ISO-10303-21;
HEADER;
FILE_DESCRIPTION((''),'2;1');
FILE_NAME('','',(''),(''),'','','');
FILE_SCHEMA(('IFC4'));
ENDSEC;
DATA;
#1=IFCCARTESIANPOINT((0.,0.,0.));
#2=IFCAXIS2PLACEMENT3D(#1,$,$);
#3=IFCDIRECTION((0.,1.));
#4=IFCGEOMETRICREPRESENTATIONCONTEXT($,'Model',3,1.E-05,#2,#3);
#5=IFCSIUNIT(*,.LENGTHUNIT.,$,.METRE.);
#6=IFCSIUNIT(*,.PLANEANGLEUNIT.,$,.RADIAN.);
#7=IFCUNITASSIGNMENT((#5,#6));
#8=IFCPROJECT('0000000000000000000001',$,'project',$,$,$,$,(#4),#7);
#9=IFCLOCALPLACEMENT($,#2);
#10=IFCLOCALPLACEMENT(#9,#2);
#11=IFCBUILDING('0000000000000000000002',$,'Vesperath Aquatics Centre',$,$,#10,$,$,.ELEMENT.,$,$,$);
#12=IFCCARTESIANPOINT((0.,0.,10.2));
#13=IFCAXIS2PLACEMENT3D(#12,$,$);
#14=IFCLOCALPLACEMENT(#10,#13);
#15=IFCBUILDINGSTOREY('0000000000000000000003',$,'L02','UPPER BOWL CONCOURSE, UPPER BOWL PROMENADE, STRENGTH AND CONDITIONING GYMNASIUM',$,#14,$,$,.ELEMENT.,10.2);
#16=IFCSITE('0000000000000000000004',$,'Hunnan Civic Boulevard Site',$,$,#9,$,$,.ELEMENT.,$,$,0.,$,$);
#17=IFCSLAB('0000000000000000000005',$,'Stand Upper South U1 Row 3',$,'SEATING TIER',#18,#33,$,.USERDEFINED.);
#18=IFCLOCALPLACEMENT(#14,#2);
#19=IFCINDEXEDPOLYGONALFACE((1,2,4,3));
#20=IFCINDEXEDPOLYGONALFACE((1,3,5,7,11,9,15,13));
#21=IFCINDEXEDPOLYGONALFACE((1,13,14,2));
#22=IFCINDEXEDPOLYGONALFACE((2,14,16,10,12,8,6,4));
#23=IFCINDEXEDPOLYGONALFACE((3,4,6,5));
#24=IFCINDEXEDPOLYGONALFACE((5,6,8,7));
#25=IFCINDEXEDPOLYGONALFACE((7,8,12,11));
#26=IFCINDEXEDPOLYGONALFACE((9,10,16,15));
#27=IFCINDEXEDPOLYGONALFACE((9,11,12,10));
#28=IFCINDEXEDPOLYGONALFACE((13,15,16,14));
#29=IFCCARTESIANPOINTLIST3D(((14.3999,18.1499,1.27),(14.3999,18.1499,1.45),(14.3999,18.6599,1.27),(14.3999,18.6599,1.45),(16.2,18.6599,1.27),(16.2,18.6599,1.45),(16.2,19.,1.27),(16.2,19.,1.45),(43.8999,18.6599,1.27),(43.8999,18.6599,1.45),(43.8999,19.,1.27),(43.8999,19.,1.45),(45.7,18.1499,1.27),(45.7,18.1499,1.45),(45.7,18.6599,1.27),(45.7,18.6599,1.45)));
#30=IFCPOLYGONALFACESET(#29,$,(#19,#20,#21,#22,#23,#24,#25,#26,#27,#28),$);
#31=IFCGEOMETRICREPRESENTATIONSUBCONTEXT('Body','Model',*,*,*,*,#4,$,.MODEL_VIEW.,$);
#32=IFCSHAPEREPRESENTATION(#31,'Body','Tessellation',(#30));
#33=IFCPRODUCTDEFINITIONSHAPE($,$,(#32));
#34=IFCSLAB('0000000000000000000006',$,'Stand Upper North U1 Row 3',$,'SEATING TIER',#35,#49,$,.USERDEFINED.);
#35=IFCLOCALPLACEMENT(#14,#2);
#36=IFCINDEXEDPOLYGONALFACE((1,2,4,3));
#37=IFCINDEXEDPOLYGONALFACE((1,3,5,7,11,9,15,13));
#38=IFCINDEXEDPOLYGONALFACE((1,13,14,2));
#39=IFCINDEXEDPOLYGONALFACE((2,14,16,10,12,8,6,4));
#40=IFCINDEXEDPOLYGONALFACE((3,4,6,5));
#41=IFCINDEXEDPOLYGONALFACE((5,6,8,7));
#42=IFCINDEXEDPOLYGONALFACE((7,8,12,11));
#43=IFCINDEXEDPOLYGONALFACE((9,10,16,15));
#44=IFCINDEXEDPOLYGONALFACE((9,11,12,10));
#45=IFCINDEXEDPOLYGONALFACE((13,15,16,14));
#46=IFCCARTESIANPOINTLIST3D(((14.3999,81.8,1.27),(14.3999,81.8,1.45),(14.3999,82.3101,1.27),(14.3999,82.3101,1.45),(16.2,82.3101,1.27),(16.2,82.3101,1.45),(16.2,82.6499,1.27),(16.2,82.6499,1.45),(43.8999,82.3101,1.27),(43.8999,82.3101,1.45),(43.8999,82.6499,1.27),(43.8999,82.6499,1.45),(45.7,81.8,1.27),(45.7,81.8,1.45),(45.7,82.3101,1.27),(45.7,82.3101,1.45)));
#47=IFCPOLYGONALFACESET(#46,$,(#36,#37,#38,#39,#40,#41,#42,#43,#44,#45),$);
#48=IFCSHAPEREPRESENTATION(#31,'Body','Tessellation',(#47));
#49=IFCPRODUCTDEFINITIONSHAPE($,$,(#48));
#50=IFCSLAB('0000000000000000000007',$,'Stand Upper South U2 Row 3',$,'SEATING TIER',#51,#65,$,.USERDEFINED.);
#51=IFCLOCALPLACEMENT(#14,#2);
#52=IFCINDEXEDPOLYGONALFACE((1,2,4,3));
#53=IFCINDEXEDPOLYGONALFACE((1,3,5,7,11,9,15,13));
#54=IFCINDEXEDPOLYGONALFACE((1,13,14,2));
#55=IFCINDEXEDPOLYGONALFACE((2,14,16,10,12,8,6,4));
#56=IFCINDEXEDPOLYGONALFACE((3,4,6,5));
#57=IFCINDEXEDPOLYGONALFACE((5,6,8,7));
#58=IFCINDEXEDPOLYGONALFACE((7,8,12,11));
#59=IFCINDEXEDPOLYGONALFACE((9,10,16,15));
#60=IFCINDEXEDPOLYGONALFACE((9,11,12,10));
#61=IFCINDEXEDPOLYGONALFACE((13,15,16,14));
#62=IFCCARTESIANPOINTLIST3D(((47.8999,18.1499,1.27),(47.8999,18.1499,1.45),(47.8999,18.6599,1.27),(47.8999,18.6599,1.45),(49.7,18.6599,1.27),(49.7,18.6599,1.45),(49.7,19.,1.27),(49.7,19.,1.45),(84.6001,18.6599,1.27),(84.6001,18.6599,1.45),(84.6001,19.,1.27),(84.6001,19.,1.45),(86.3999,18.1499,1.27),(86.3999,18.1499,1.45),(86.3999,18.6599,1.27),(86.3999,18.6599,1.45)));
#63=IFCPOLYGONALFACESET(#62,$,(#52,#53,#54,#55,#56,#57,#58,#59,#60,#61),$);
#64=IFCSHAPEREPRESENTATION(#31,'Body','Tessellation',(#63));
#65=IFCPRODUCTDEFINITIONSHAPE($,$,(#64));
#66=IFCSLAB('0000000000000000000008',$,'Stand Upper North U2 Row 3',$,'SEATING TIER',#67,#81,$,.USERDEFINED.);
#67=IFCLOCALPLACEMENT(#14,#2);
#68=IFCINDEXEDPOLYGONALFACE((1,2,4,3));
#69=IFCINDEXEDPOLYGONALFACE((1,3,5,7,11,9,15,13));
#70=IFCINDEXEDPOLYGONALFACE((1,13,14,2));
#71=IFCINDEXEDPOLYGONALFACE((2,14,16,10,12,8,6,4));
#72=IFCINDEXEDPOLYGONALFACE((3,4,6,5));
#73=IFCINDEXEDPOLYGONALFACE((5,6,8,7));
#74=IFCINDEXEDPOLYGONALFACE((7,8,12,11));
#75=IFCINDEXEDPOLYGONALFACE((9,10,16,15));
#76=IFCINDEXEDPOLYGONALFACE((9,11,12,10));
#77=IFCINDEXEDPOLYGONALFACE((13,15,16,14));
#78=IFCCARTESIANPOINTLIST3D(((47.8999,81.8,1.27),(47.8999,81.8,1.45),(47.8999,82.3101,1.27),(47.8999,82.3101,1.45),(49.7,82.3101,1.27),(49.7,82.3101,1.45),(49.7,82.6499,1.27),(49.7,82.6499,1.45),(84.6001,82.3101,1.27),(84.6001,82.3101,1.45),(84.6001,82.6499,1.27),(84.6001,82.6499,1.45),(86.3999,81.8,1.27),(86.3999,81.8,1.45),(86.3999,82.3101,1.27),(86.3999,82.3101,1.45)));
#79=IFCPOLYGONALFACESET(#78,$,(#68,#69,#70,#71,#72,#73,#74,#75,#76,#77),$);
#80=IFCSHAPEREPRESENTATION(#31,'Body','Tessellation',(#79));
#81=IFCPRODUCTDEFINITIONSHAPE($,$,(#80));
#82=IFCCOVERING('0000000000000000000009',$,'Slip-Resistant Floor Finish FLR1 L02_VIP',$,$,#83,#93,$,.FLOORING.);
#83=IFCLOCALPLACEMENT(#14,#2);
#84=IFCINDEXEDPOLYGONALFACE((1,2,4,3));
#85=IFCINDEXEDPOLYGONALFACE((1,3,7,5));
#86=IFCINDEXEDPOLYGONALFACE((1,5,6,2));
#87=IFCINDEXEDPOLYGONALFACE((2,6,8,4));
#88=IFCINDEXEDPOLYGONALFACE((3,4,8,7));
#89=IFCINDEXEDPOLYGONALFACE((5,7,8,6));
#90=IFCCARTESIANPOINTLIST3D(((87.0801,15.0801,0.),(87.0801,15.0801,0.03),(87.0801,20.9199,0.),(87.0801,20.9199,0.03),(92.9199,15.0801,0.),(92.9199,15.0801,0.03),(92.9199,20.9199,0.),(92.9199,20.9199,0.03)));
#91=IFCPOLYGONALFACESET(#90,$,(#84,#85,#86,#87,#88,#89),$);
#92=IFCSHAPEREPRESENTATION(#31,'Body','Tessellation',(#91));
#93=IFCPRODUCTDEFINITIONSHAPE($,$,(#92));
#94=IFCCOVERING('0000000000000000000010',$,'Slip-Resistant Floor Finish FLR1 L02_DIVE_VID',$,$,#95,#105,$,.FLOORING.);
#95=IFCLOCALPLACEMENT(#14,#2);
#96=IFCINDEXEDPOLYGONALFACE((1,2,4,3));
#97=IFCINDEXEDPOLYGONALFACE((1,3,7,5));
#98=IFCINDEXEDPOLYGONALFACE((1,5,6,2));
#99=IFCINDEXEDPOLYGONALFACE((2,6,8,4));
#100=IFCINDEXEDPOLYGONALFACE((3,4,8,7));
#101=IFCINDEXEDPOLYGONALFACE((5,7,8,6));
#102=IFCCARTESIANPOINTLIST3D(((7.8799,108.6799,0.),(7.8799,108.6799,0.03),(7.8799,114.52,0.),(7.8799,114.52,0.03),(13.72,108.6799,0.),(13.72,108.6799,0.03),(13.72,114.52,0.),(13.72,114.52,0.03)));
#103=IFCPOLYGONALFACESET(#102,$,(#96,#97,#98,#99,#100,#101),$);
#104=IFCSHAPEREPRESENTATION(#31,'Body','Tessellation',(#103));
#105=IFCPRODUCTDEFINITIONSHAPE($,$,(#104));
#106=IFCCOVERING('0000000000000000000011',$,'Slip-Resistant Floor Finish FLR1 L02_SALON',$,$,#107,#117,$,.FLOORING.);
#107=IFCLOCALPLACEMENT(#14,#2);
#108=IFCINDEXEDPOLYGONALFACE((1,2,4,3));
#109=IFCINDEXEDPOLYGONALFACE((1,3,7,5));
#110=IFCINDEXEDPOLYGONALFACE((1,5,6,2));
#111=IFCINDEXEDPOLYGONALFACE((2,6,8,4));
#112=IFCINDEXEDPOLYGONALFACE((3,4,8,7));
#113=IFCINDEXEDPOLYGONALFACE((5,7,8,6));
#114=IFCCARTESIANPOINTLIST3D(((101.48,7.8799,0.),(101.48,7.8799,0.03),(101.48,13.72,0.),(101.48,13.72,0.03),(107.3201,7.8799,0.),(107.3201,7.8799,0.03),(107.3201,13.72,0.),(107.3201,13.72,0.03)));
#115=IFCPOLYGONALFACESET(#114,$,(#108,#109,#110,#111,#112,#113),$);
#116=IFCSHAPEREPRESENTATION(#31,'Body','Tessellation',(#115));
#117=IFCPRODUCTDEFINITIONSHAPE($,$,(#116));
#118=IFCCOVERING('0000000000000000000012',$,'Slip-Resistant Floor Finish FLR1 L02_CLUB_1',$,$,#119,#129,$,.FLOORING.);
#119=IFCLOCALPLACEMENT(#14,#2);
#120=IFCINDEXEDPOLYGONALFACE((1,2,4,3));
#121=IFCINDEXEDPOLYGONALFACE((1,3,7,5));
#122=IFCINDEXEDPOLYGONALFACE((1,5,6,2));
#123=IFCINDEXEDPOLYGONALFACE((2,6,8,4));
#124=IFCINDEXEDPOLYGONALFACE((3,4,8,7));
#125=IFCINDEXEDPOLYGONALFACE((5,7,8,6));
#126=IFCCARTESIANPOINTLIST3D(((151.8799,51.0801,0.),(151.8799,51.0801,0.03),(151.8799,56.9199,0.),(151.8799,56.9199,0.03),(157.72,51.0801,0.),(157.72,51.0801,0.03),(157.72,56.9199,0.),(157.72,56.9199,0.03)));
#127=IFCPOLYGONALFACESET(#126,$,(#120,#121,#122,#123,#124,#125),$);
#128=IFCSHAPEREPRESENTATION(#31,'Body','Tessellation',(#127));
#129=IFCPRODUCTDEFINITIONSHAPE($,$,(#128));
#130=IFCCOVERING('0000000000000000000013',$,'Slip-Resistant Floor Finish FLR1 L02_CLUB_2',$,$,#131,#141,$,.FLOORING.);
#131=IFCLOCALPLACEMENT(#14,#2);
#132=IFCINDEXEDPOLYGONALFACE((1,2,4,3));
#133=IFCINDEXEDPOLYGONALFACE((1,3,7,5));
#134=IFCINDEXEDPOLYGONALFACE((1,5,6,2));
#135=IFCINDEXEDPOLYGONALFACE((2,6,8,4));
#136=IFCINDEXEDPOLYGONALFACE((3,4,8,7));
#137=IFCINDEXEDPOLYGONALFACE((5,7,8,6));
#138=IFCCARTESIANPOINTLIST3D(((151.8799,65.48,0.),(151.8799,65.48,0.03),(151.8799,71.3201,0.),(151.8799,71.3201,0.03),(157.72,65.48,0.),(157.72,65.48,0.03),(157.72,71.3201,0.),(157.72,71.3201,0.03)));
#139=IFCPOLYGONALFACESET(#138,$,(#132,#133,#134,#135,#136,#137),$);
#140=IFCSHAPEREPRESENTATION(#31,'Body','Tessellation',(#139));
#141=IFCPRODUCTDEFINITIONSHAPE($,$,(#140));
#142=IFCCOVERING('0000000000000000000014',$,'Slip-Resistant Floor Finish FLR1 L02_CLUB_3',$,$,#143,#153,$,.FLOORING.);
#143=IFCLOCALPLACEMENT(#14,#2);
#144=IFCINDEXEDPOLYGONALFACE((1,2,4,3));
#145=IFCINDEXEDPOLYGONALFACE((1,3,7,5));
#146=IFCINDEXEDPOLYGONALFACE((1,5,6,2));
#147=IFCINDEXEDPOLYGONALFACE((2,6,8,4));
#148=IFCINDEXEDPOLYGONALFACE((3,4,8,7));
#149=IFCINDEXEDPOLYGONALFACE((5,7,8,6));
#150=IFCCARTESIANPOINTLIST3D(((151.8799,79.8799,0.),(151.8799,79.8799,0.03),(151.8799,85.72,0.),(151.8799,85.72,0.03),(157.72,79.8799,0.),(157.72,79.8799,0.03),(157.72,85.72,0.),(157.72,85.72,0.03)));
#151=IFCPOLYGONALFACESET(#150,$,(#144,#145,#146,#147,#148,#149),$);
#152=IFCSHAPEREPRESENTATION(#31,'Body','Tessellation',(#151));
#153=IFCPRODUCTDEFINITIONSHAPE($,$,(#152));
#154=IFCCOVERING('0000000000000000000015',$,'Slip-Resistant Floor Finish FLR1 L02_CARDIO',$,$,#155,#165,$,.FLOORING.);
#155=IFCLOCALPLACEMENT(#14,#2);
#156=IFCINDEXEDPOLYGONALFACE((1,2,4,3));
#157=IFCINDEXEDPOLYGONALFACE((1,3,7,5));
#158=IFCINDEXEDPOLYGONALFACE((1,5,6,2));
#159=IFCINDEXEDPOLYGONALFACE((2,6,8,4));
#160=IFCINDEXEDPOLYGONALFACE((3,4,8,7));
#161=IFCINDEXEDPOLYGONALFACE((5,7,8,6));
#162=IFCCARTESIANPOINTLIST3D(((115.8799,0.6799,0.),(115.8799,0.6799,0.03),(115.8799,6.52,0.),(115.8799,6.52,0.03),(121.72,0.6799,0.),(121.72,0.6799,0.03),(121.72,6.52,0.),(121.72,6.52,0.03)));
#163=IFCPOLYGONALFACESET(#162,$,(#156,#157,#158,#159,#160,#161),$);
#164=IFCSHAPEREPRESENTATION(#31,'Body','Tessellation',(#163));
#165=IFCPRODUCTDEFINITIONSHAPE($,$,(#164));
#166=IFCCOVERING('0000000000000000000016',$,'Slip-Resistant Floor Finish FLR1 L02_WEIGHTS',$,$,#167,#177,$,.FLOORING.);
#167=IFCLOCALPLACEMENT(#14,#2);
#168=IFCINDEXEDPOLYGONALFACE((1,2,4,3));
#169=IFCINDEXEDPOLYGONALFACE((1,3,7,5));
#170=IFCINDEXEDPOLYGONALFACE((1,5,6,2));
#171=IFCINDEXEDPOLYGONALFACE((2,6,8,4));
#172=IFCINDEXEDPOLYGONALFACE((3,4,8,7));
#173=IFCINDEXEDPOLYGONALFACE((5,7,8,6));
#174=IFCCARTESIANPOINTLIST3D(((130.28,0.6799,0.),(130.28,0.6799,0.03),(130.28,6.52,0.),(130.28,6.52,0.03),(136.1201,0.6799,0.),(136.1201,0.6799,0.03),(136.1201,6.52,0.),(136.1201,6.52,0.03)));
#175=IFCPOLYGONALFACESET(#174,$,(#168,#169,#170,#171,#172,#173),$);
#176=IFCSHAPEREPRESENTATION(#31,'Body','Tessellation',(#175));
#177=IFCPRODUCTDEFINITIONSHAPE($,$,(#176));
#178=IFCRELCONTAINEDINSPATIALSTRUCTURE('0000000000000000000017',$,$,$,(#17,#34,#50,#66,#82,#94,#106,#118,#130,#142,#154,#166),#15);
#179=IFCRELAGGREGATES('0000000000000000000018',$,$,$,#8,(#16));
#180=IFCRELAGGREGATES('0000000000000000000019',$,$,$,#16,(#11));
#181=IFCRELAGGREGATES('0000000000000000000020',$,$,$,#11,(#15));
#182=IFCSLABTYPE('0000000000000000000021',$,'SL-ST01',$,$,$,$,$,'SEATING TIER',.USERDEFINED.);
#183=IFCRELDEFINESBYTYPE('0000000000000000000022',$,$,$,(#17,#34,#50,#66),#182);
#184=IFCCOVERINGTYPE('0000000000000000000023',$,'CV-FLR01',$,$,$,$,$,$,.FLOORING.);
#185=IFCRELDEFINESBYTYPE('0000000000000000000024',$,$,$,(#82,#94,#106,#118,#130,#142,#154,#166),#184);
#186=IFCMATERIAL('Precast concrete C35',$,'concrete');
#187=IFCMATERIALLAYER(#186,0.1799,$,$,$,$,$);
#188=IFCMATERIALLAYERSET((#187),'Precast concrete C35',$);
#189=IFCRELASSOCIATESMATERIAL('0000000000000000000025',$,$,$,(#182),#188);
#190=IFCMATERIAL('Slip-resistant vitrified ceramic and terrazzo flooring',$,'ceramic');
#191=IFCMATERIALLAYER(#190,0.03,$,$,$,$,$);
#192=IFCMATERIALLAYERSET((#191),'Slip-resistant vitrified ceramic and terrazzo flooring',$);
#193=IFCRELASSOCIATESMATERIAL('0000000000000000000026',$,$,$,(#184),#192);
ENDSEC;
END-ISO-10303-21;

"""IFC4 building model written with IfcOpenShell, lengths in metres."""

from ifc_helpers import new_model, si_unit, direction, frame, origin, place, context, subcontext, project, spatial, polyline, outline, extrude, material, layer, layer_set, type_object, element, save


model = new_model("IFC4")

# Units and contexts
model_context = context("Model", 3, precision=1e-05, world=origin(), true_north=direction((0.0, 1.0)))
body_context = subcontext(model_context, "Body", "Model", "MODEL_VIEW")
ifc_project = project(units=[si_unit("LENGTHUNIT", "METRE"), si_unit("PLANEANGLEUNIT", "RADIAN")], contexts=[model_context])

# Site, building, storey
site_placement = place(None, origin())
site = spatial("IfcSite", under=ifc_project, at=site_placement, Name="Hunnan Civic Boulevard Site", CompositionType="ELEMENT", RefElevation=0.0)
building_placement = place(site_placement, origin())
building = spatial("IfcBuilding", under=site, at=building_placement, Name="Vesperath Aquatics Centre", CompositionType="ELEMENT")
storey_placement = place(building_placement, frame((0.0, 0.0, 10.2)))
storey = spatial("IfcBuildingStorey", under=building, at=storey_placement, Name="L02", Description="UPPER BOWL CONCOURSE, UPPER BOWL PROMENADE, STRENGTH AND CONDITIONING GYMNASIUM", CompositionType="ELEMENT", Elevation=10.2)

# Slabs
ifc_material_1 = material(Name="Precast concrete C35", Category="concrete")
ifc_layer_1 = layer(ifc_material_1, 0.1799)
ifc_layer_set_1 = layer_set([ifc_layer_1], Name="Precast concrete C35")
slab_type_1 = type_object("IfcSlabType", Name="SL-ST01", ElementType="SEATING TIER", PredefinedType="USERDEFINED", material=ifc_layer_set_1)
slab_1_placement = place(storey_placement, frame((0.0, 0.0, 1.27)))
element("IfcSlab", 1, at=slab_1_placement, inside=storey, type_object=slab_type_1, Name="Stand Upper South U1 Row 3", ObjectType="SEATING TIER", PredefinedType="USERDEFINED", context=body_context, shape_type="SweptSolid", body=[
    extrude(outline(polyline([(14.3999, 18.1499), (45.7, 18.1499), (45.7, 18.6599), (43.8999, 18.6599), (43.8999, 19.0), (16.2, 19.0), (16.2, 18.6599), (14.3999, 18.6599), (14.3999, 18.1499)])), origin(), (0.0, 0.0, 1.0), 0.1799),
])
slab_2_placement = place(storey_placement, frame((0.0, 0.0, 1.27)))
element("IfcSlab", 2, at=slab_2_placement, inside=storey, type_object=slab_type_1, Name="Stand Upper North U1 Row 3", ObjectType="SEATING TIER", PredefinedType="USERDEFINED", context=body_context, shape_type="SweptSolid", body=[
    extrude(outline(polyline([(14.3999, 81.8), (45.7, 81.8), (45.7, 82.3101), (43.8999, 82.3101), (43.8999, 82.6499), (16.2, 82.6499), (16.2, 82.3101), (14.3999, 82.3101), (14.3999, 81.8)])), origin(), (0.0, 0.0, 1.0), 0.1799),
])
slab_3_placement = place(storey_placement, frame((0.0, 0.0, 1.27)))
element("IfcSlab", 3, at=slab_3_placement, inside=storey, type_object=slab_type_1, Name="Stand Upper South U2 Row 3", ObjectType="SEATING TIER", PredefinedType="USERDEFINED", context=body_context, shape_type="SweptSolid", body=[
    extrude(outline(polyline([(47.8999, 18.1499), (86.3999, 18.1499), (86.3999, 18.6599), (84.6001, 18.6599), (84.6001, 19.0), (49.7, 19.0), (49.7, 18.6599), (47.8999, 18.6599), (47.8999, 18.1499)])), origin(), (0.0, 0.0, 1.0), 0.1799),
])
slab_4_placement = place(storey_placement, frame((0.0, 0.0, 1.27)))
element("IfcSlab", 4, at=slab_4_placement, inside=storey, type_object=slab_type_1, Name="Stand Upper North U2 Row 3", ObjectType="SEATING TIER", PredefinedType="USERDEFINED", context=body_context, shape_type="SweptSolid", body=[
    extrude(outline(polyline([(47.8999, 81.8), (86.3999, 81.8), (86.3999, 82.3101), (84.6001, 82.3101), (84.6001, 82.6499), (49.7, 82.6499), (49.7, 82.3101), (47.8999, 82.3101), (47.8999, 81.8)])), origin(), (0.0, 0.0, 1.0), 0.1799),
])

# Coverings
ifc_material_2 = material(Name="Slip-resistant vitrified ceramic and terrazzo flooring", Category="ceramic")
ifc_layer_2 = layer(ifc_material_2, 0.03)
ifc_layer_set_2 = layer_set([ifc_layer_2], Name="Slip-resistant vitrified ceramic and terrazzo flooring")
covering_type = type_object("IfcCoveringType", Name="CV-FLR01", PredefinedType="FLOORING", material=ifc_layer_set_2)
covering_1_placement = place(storey_placement, origin())
element("IfcCovering", 5, at=covering_1_placement, inside=storey, type_object=covering_type, Name="Slip-Resistant Floor Finish FLR1 L02_VIP", PredefinedType="FLOORING", context=body_context, shape_type="SweptSolid", body=[
    extrude(outline(polyline([(87.0801, 15.0801), (92.9199, 15.0801), (92.9199, 20.9199), (87.0801, 20.9199), (87.0801, 15.0801)])), origin(), (0.0, 0.0, 1.0), 0.03),
])
covering_2_placement = place(storey_placement, origin())
element("IfcCovering", 6, at=covering_2_placement, inside=storey, type_object=covering_type, Name="Slip-Resistant Floor Finish FLR1 L02_DIVE_VID", PredefinedType="FLOORING", context=body_context, shape_type="SweptSolid", body=[
    extrude(outline(polyline([(7.8799, 108.6799), (13.72, 108.6799), (13.72, 114.52), (7.8799, 114.52), (7.8799, 108.6799)])), origin(), (0.0, 0.0, 1.0), 0.03),
])
covering_3_placement = place(storey_placement, origin())
element("IfcCovering", 7, at=covering_3_placement, inside=storey, type_object=covering_type, Name="Slip-Resistant Floor Finish FLR1 L02_SALON", PredefinedType="FLOORING", context=body_context, shape_type="SweptSolid", body=[
    extrude(outline(polyline([(101.48, 7.8799), (107.3201, 7.8799), (107.3201, 13.72), (101.48, 13.72), (101.48, 7.8799)])), origin(), (0.0, 0.0, 1.0), 0.03),
])
covering_4_placement = place(storey_placement, origin())
element("IfcCovering", 8, at=covering_4_placement, inside=storey, type_object=covering_type, Name="Slip-Resistant Floor Finish FLR1 L02_CLUB_1", PredefinedType="FLOORING", context=body_context, shape_type="SweptSolid", body=[
    extrude(outline(polyline([(151.8799, 51.0801), (157.72, 51.0801), (157.72, 56.9199), (151.8799, 56.9199), (151.8799, 51.0801)])), origin(), (0.0, 0.0, 1.0), 0.03),
])
covering_5_placement = place(storey_placement, origin())
element("IfcCovering", 9, at=covering_5_placement, inside=storey, type_object=covering_type, Name="Slip-Resistant Floor Finish FLR1 L02_CLUB_2", PredefinedType="FLOORING", context=body_context, shape_type="SweptSolid", body=[
    extrude(outline(polyline([(151.8799, 65.48), (157.72, 65.48), (157.72, 71.3201), (151.8799, 71.3201), (151.8799, 65.48)])), origin(), (0.0, 0.0, 1.0), 0.03),
])
covering_6_placement = place(storey_placement, origin())
element("IfcCovering", 10, at=covering_6_placement, inside=storey, type_object=covering_type, Name="Slip-Resistant Floor Finish FLR1 L02_CLUB_3", PredefinedType="FLOORING", context=body_context, shape_type="SweptSolid", body=[
    extrude(outline(polyline([(151.8799, 79.8799), (157.72, 79.8799), (157.72, 85.72), (151.8799, 85.72), (151.8799, 79.8799)])), origin(), (0.0, 0.0, 1.0), 0.03),
])
covering_7_placement = place(storey_placement, origin())
element("IfcCovering", 11, at=covering_7_placement, inside=storey, type_object=covering_type, Name="Slip-Resistant Floor Finish FLR1 L02_CARDIO", PredefinedType="FLOORING", context=body_context, shape_type="SweptSolid", body=[
    extrude(outline(polyline([(115.8799, 0.6799), (121.72, 0.6799), (121.72, 6.52), (115.8799, 6.52), (115.8799, 0.6799)])), origin(), (0.0, 0.0, 1.0), 0.03),
])
covering_8_placement = place(storey_placement, origin())
element("IfcCovering", 12, at=covering_8_placement, inside=storey, type_object=covering_type, Name="Slip-Resistant Floor Finish FLR1 L02_WEIGHTS", PredefinedType="FLOORING", context=body_context, shape_type="SweptSolid", body=[
    extrude(outline(polyline([(130.28, 0.6799), (136.1201, 0.6799), (136.1201, 6.52), (130.28, 6.52), (130.28, 0.6799)])), origin(), (0.0, 0.0, 1.0), 0.03),
])

save(model, "model.ifc")
